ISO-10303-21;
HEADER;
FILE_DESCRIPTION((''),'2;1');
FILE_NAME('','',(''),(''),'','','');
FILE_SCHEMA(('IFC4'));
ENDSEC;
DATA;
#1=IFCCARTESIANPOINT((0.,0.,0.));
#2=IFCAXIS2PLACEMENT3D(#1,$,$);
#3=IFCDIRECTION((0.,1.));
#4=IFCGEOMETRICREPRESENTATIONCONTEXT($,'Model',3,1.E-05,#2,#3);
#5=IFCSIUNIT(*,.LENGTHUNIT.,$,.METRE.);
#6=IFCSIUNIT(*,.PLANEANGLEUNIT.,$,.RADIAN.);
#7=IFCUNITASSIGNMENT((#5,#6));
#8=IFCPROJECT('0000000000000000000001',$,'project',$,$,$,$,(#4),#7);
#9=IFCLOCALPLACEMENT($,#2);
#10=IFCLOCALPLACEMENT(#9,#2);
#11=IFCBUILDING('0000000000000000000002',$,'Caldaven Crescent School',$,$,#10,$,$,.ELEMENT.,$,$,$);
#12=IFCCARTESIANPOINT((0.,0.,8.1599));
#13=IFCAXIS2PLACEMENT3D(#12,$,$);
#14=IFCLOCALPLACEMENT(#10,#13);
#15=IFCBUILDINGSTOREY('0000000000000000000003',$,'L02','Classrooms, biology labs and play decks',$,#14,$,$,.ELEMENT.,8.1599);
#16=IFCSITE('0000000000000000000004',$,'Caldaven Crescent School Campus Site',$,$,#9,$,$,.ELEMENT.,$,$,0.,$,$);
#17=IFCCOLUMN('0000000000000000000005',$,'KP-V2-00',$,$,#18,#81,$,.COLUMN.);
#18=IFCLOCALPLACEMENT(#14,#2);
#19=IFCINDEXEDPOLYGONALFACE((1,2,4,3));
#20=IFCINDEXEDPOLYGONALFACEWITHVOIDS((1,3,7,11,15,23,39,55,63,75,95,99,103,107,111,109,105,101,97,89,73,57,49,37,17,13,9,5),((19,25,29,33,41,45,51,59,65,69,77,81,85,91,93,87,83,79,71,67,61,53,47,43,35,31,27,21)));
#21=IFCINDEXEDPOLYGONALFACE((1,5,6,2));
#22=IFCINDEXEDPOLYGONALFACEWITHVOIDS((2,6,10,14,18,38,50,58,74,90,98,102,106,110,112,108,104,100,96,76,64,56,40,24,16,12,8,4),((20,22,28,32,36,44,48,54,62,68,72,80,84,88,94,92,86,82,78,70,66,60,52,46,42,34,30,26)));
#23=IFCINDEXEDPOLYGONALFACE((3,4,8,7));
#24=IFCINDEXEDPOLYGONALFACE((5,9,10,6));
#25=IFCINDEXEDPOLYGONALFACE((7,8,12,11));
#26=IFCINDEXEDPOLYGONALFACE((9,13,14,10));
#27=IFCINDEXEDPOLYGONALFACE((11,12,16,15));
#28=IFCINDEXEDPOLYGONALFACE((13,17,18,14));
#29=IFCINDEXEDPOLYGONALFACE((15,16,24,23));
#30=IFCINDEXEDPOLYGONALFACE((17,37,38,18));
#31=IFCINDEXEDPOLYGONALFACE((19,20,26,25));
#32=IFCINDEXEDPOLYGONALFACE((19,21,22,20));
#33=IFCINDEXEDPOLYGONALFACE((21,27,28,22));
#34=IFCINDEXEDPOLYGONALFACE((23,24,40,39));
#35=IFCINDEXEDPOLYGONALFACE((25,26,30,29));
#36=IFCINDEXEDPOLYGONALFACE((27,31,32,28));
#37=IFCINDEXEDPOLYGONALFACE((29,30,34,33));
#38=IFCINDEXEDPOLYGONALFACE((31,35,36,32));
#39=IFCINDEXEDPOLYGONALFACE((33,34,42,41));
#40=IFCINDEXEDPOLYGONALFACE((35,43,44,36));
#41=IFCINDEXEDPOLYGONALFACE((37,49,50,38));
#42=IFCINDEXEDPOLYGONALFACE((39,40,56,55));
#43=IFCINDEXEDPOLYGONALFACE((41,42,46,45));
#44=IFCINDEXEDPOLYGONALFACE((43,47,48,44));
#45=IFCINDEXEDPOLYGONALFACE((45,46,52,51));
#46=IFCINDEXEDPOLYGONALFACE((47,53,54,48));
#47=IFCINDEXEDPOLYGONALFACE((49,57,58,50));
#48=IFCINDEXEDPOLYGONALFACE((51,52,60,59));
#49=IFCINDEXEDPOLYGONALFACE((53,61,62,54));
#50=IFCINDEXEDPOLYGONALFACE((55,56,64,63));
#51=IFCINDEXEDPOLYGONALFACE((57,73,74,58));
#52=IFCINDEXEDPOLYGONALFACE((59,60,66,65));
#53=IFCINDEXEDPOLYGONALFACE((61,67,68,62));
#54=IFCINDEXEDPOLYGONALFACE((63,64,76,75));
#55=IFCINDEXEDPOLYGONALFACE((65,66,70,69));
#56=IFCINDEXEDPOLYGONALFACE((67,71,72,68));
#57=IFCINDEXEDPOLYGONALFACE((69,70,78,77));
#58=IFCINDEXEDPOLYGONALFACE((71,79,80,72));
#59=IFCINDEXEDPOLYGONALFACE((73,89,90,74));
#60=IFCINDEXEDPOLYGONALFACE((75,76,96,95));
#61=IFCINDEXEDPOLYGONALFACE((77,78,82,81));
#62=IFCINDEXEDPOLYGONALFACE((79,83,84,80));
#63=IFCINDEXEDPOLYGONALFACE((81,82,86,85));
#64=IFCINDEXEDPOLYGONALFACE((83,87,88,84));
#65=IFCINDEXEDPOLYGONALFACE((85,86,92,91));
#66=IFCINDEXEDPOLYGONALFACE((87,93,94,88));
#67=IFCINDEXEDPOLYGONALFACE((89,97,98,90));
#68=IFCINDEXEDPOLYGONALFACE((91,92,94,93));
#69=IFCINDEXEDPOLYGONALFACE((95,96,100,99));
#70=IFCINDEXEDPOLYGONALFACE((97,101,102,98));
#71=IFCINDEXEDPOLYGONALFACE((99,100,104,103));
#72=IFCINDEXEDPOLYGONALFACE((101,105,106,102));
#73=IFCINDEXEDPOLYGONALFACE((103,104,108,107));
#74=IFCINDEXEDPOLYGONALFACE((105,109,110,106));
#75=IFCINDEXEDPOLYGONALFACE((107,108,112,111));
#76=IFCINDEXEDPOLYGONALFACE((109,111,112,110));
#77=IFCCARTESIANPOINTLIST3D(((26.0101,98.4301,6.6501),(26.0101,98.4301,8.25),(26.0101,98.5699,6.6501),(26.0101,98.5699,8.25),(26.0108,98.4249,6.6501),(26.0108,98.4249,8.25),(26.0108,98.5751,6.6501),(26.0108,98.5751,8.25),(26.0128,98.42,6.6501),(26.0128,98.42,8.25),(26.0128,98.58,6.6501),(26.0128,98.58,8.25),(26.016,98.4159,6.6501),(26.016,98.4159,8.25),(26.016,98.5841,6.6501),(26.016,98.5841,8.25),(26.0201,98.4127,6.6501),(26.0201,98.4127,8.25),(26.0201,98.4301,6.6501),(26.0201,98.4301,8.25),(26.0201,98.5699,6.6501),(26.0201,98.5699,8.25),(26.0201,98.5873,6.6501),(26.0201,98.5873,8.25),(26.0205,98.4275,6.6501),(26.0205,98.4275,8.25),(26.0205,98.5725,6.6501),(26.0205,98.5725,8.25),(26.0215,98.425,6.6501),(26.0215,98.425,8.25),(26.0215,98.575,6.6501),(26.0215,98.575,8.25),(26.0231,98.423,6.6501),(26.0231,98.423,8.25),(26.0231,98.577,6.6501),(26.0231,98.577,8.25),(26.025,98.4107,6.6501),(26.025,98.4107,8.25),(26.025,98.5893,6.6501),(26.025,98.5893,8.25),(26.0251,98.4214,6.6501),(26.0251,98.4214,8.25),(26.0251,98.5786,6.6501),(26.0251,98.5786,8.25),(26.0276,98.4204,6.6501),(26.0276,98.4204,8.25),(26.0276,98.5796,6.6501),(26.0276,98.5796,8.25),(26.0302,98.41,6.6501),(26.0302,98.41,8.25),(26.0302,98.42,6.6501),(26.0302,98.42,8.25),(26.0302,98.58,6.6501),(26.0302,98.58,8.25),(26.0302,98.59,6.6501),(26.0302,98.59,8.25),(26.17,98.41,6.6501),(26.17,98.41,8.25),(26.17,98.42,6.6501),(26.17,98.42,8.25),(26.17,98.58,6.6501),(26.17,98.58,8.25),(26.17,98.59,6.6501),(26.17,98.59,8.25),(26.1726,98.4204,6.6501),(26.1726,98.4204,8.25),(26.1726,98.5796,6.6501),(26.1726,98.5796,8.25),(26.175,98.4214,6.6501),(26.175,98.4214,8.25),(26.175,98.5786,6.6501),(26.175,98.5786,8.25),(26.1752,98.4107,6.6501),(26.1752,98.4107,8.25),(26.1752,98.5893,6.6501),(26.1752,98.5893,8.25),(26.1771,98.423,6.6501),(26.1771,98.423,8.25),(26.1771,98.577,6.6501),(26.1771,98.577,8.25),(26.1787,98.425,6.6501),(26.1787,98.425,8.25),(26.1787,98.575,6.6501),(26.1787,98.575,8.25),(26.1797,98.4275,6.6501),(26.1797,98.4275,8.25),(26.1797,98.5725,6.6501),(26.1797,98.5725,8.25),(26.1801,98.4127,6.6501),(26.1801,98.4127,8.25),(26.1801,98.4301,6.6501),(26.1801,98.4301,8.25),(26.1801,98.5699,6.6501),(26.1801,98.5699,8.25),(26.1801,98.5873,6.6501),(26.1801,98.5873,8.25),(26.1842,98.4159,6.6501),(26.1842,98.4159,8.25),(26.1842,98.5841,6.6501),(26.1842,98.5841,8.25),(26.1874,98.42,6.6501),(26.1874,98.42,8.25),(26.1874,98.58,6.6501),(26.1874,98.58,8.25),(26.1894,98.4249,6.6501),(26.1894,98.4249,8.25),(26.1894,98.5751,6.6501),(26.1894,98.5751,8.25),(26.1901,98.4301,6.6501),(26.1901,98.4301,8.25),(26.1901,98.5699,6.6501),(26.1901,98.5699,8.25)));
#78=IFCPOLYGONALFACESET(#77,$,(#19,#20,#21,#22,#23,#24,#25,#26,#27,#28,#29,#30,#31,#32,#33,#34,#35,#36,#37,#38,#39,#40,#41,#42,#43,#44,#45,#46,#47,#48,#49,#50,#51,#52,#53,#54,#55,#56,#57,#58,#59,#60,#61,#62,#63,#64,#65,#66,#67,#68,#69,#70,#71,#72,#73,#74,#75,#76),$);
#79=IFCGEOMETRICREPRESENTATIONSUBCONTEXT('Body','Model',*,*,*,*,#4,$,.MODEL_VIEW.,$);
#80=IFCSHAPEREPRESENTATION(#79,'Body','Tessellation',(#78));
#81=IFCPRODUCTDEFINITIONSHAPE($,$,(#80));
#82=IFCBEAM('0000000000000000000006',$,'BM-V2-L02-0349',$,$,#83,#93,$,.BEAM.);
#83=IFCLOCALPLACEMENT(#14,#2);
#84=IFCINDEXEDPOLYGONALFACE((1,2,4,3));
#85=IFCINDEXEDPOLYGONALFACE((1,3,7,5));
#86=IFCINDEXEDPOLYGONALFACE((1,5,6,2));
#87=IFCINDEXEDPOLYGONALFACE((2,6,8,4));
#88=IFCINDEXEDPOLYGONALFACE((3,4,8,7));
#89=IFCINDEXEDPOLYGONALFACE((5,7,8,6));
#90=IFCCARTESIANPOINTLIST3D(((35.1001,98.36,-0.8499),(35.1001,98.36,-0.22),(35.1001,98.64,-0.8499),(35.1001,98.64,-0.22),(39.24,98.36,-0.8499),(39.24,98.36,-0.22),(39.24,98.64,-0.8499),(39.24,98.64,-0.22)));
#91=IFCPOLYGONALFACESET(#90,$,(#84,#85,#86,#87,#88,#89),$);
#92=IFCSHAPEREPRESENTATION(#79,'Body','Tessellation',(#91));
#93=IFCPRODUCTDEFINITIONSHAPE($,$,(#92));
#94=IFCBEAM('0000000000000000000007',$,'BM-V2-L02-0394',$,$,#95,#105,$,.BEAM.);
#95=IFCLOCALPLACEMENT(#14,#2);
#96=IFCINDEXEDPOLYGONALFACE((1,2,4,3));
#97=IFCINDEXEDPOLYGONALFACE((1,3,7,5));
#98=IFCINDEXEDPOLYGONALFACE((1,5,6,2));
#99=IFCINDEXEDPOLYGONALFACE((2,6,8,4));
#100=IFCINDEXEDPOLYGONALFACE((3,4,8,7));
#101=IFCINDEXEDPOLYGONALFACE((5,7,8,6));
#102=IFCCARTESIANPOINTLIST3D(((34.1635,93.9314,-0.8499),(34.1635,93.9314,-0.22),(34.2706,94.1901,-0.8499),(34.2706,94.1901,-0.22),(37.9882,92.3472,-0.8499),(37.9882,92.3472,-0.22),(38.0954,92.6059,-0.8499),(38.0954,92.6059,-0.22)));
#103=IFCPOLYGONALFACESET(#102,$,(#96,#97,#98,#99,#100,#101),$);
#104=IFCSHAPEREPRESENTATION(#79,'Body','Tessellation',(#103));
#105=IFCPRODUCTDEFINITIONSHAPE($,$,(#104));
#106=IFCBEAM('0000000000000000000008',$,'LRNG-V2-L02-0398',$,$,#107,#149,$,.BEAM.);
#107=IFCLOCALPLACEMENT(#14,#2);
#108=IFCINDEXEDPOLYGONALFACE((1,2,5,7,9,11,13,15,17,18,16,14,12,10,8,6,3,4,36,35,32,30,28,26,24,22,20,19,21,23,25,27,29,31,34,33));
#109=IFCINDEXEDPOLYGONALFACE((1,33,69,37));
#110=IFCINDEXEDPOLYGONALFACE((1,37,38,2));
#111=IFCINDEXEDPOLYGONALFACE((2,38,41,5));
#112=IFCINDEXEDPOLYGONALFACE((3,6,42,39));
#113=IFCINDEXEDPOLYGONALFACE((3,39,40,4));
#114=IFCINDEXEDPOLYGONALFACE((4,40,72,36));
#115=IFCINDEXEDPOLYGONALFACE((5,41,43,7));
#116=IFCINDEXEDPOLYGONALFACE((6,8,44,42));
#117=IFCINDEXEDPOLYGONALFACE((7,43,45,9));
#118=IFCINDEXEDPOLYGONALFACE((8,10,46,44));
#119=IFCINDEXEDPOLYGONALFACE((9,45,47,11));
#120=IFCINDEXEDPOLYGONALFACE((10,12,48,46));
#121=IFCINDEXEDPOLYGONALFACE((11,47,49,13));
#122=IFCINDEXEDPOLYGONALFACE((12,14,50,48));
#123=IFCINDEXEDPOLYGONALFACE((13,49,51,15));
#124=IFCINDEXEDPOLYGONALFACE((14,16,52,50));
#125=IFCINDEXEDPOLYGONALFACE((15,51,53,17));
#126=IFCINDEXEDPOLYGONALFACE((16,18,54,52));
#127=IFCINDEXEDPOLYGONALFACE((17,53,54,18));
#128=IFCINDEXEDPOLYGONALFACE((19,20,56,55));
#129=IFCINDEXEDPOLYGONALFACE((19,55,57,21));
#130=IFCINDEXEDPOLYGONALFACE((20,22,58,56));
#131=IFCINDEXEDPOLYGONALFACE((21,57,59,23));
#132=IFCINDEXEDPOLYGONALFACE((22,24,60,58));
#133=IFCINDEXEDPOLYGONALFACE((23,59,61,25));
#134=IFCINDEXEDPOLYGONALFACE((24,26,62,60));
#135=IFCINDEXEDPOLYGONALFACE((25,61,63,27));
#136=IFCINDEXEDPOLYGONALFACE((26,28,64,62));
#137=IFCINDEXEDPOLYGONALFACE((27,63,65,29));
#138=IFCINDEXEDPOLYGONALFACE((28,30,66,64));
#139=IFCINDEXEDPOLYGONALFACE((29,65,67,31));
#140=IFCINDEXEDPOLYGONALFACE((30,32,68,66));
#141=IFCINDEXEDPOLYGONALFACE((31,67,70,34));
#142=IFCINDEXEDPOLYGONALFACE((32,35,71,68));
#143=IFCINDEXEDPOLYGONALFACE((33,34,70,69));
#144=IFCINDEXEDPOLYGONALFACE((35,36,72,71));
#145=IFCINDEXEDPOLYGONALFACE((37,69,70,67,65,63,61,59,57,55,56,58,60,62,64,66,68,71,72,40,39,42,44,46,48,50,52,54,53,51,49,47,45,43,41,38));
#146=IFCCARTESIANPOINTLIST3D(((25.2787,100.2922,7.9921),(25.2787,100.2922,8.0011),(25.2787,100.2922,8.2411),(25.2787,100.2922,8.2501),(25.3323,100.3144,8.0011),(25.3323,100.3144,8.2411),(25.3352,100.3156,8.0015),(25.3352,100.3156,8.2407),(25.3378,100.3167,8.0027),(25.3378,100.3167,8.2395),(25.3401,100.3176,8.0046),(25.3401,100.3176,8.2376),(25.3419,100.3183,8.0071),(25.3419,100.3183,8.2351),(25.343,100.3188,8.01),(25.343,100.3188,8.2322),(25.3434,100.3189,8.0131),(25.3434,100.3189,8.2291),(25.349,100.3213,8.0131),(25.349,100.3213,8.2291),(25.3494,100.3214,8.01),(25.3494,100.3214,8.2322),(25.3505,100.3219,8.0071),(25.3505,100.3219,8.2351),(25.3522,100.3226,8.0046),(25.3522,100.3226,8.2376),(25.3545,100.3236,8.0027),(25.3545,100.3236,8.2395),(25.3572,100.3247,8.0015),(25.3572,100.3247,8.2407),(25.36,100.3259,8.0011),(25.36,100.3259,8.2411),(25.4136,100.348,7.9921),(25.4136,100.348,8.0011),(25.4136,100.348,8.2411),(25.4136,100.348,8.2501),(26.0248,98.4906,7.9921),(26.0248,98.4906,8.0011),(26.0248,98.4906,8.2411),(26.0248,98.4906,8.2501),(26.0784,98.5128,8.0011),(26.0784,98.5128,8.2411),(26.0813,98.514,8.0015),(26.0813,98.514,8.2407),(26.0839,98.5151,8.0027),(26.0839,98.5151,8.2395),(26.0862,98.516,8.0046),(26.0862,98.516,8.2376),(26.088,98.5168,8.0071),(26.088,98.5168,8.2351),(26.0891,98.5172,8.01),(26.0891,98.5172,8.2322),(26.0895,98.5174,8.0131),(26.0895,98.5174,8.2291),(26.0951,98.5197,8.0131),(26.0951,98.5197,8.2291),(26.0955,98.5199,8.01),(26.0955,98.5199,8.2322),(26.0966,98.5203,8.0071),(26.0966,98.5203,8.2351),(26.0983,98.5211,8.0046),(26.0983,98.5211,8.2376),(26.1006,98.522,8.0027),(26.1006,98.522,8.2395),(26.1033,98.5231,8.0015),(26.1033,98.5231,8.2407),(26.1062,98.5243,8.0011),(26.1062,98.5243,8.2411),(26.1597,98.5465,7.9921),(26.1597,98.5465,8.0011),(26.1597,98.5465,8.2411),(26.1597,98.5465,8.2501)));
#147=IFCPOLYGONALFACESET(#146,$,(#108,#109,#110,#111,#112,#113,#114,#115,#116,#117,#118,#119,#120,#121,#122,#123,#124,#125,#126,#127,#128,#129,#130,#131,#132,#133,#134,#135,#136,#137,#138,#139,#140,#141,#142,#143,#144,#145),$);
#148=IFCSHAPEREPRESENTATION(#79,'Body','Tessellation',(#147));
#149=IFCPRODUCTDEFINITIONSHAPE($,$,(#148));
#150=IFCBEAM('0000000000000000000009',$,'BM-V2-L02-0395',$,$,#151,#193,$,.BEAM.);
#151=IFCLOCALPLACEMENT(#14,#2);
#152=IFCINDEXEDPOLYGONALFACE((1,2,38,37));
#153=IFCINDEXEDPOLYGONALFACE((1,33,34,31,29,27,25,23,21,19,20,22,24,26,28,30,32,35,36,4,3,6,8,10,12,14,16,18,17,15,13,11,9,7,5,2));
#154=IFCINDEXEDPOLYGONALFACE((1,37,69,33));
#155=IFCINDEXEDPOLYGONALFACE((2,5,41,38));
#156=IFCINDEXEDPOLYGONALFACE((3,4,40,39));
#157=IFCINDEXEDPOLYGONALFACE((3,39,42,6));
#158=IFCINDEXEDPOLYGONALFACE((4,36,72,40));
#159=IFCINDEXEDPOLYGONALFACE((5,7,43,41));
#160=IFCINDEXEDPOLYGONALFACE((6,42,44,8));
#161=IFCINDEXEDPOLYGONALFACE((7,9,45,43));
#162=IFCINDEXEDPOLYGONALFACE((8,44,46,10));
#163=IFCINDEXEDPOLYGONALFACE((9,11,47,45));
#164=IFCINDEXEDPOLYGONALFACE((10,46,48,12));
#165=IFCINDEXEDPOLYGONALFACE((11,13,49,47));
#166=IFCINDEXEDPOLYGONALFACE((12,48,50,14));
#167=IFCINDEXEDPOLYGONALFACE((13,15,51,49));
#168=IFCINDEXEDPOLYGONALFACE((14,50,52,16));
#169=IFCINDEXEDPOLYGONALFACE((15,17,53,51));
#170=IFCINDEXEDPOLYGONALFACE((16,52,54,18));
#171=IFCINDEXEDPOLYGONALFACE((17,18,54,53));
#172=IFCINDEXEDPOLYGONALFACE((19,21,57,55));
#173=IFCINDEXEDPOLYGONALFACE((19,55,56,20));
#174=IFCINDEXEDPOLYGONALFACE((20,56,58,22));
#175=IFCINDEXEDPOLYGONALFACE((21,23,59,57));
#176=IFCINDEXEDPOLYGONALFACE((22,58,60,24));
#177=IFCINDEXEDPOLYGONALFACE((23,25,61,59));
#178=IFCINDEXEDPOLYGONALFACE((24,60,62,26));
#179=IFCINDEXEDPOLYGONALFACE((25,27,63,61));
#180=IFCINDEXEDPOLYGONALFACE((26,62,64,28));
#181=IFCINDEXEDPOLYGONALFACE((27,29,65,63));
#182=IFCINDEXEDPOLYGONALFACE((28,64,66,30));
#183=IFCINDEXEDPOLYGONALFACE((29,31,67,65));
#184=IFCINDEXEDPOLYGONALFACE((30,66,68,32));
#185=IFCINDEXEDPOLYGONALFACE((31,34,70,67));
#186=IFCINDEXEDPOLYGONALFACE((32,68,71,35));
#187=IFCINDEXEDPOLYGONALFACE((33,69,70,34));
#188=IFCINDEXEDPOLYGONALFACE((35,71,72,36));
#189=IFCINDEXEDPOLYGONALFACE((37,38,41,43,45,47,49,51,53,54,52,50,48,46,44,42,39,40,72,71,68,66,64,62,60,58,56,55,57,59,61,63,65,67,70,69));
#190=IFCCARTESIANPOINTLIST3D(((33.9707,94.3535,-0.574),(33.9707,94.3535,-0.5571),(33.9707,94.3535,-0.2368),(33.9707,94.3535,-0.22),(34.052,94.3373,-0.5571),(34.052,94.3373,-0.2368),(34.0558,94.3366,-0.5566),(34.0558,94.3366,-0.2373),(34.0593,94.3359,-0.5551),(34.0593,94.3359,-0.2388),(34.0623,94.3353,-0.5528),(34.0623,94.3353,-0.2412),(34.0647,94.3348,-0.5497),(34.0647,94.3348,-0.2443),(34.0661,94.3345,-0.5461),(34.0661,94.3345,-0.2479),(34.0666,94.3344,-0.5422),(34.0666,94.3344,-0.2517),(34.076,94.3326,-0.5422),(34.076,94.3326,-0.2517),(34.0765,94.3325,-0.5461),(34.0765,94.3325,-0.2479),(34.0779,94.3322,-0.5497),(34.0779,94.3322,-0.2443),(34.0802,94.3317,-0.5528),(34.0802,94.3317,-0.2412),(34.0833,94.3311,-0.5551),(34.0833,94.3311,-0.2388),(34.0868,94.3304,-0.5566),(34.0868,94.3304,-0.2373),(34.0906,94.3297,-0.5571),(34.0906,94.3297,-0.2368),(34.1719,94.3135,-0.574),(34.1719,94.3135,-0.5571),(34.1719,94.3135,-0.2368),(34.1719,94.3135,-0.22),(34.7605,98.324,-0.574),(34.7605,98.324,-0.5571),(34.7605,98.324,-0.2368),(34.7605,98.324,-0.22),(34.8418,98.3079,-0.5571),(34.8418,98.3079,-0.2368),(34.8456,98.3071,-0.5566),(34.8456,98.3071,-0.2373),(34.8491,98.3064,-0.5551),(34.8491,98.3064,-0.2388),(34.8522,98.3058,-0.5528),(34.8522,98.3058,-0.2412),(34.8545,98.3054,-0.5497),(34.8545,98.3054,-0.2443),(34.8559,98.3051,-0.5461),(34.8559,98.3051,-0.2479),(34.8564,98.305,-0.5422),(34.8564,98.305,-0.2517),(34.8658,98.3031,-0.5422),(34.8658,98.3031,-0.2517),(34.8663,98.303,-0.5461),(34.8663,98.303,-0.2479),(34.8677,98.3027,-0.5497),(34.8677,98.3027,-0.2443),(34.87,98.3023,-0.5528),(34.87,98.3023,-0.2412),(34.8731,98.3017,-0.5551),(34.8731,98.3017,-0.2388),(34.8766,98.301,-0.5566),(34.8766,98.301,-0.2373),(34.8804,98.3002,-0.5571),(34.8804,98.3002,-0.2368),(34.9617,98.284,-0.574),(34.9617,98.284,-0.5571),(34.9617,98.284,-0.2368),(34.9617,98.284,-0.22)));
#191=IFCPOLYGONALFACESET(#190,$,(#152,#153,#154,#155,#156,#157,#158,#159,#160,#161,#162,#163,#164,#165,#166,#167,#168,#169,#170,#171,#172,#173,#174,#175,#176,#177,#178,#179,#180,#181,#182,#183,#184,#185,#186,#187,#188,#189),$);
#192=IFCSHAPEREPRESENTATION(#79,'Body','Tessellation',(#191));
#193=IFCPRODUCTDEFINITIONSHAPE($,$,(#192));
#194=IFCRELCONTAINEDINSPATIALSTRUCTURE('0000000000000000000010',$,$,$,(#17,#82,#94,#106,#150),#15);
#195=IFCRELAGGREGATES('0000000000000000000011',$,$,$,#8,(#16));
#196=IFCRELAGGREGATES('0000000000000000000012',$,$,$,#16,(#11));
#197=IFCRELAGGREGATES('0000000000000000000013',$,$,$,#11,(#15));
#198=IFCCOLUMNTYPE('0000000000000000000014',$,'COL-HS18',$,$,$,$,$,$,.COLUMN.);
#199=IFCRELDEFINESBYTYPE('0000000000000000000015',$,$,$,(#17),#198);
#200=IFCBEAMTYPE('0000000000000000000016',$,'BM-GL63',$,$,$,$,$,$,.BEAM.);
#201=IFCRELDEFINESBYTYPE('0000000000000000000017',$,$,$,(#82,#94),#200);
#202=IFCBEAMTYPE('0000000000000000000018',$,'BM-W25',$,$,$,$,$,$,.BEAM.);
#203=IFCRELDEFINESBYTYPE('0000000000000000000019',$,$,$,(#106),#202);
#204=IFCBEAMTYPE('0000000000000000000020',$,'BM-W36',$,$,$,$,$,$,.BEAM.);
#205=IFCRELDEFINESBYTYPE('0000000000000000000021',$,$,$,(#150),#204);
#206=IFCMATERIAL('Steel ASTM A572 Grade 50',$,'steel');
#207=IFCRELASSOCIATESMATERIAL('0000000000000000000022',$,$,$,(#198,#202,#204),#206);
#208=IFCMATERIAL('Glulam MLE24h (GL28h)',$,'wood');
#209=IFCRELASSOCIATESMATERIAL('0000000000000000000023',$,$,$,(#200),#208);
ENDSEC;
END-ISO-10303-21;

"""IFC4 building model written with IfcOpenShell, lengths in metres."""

from ifc_helpers import new_model, si_unit, direction, frame, origin, origin_2d, place, context, subcontext, project, spatial, rectangle, hollow_rectangle, i_section, extrude, material, material_profile, profile_set, type_object, element, save


model = new_model("IFC4")

# Units and contexts
model_context = context("Model", 3, precision=1e-05, world=origin(), true_north=direction((0.0, 1.0)))
body_context = subcontext(model_context, "Body", "Model", "MODEL_VIEW")
ifc_project = project(units=[si_unit("LENGTHUNIT", "METRE"), si_unit("PLANEANGLEUNIT", "RADIAN")], contexts=[model_context])

# Site, building, storey
site_placement = place(None, origin())
site = spatial("IfcSite", under=ifc_project, at=site_placement, Name="Caldaven Crescent School Campus Site", CompositionType="ELEMENT", RefElevation=0.0)
building_placement = place(site_placement, origin())
building = spatial("IfcBuilding", under=site, at=building_placement, Name="Caldaven Crescent School", CompositionType="ELEMENT")
storey_placement = place(building_placement, frame((0.0, 0.0, 8.1599)))
storey = spatial("IfcBuildingStorey", under=building, at=storey_placement, Name="L02", Description="Classrooms, biology labs and play decks", CompositionType="ELEMENT", Elevation=8.1599)

# Column
ifc_material_1 = material(Name="Steel ASTM A572 Grade 50", Category="steel")
ifc_material_profile_1 = material_profile(ifc_material_1, hollow_rectangle(XDim=0.1799, YDim=0.1799, WallThickness=0.01, InnerFilletRadius=0.01, OuterFilletRadius=0.02, at=origin_2d()), Name="HSS 180x180x10")
ifc_profile_set_1 = profile_set([ifc_material_profile_1], Name="Steel ASTM A572 Grade 50")
column_type = type_object("IfcColumnType", Name="COL-HS18", PredefinedType="COLUMN", material=ifc_profile_set_1)
column_placement = place(storey_placement, frame((26.1001, 98.5, 6.6501), z_axis=(0.0, 0.0, 1.0), x_axis=(1.0, 0.0, 0.0)))
element("IfcColumn", 1, at=column_placement, inside=storey, type_object=column_type, Name="KP-V2-00", PredefinedType="COLUMN", context=body_context, shape_type="SweptSolid", body=[
    extrude(hollow_rectangle(XDim=0.1799, YDim=0.1799, WallThickness=0.01, InnerFilletRadius=0.01, OuterFilletRadius=0.02, at=origin_2d()), origin(), (0.0, 0.0, 1.0), 1.5999),
])

# Beams
ifc_material_2 = material(Name="Glulam MLE24h (GL28h)", Category="wood")
ifc_material_profile_2 = material_profile(ifc_material_2, rectangle(XDim=0.28, YDim=0.6299, at=origin_2d()), Name="MLE 280x630")
ifc_profile_set_2 = profile_set([ifc_material_profile_2], Name="Glulam MLE24h (GL28h)")
beam_type_1 = type_object("IfcBeamType", Name="BM-GL63", PredefinedType="BEAM", material=ifc_profile_set_2)
for number, where, z_axis, x_axis, name in (
    (2, (35.1001, 98.5, -0.5349), (1.0, 0.0, 0.0), (0.0, 1.0, 0.0), "BM-V2-L02-0349"),
    (3, (34.217, 94.0608, -0.5349), (0.923881, -0.38268, 0.0), (0.38268, 0.923881, 0.0), "BM-V2-L02-0394"),
):
    element("IfcBeam", number, at=place(storey_placement, frame(where, z_axis=z_axis, x_axis=x_axis)), inside=storey, type_object=beam_type_1, Name=name, PredefinedType="BEAM", context=body_context, shape_type="SweptSolid", body=[
        extrude(rectangle(XDim=0.28, YDim=0.6299, at=origin_2d()), origin(), (0.0, 0.0, 1.0), 4.1399),
    ])
ifc_material_profile_3 = material_profile(ifc_material_1, i_section(OverallWidth=0.146, OverallDepth=0.2581, WebThickness=0.0061, FlangeThickness=0.009, FilletRadius=0.012, at=origin_2d()), Name="W250x33")
ifc_profile_set_3 = profile_set([ifc_material_profile_3], Name="Steel ASTM A572 Grade 50")
beam_type_2 = type_object("IfcBeamType", Name="BM-W25", PredefinedType="BEAM", material=ifc_profile_set_3)
beam_1_placement = place(storey_placement, frame((26.0923, 98.5186, 8.1211), z_axis=(-0.382632, 0.923901, 0.0), x_axis=(-0.923901, -0.382632, 0.0)))
element("IfcBeam", 4, at=beam_1_placement, inside=storey, type_object=beam_type_2, Name="LRNG-V2-L02-0398", PredefinedType="BEAM", context=body_context, shape_type="SweptSolid", body=[
    extrude(i_section(OverallWidth=0.146, OverallDepth=0.2581, WebThickness=0.0061, FlangeThickness=0.009, FilletRadius=0.012, at=origin_2d()), origin(), (0.0, 0.0, 1.0), 1.95),
])
ifc_material_profile_4 = material_profile(ifc_material_1, i_section(OverallWidth=0.2051, OverallDepth=0.354, WebThickness=0.0095, FlangeThickness=0.0168, FilletRadius=0.0149, at=origin_2d()), Name="W360x79")
ifc_profile_set_4 = profile_set([ifc_material_profile_4], Name="Steel ASTM A572 Grade 50")
beam_type_3 = type_object("IfcBeamType", Name="BM-W36", PredefinedType="BEAM", material=ifc_profile_set_4)
beam_2_placement = place(storey_placement, frame((34.0713, 94.3335, -0.397), z_axis=(0.195095, 0.980784, 0.0), x_axis=(-0.980784, 0.195095, 0.0)))
element("IfcBeam", 5, at=beam_2_placement, inside=storey, type_object=beam_type_3, Name="BM-V2-L02-0395", PredefinedType="BEAM", context=body_context, shape_type="SweptSolid", body=[
    extrude(i_section(OverallWidth=0.2051, OverallDepth=0.354, WebThickness=0.0095, FlangeThickness=0.0168, FilletRadius=0.0149, at=origin_2d()), origin(), (0.0, 0.0, 1.0), 4.0483),
])

save(model, "model.ifc")
